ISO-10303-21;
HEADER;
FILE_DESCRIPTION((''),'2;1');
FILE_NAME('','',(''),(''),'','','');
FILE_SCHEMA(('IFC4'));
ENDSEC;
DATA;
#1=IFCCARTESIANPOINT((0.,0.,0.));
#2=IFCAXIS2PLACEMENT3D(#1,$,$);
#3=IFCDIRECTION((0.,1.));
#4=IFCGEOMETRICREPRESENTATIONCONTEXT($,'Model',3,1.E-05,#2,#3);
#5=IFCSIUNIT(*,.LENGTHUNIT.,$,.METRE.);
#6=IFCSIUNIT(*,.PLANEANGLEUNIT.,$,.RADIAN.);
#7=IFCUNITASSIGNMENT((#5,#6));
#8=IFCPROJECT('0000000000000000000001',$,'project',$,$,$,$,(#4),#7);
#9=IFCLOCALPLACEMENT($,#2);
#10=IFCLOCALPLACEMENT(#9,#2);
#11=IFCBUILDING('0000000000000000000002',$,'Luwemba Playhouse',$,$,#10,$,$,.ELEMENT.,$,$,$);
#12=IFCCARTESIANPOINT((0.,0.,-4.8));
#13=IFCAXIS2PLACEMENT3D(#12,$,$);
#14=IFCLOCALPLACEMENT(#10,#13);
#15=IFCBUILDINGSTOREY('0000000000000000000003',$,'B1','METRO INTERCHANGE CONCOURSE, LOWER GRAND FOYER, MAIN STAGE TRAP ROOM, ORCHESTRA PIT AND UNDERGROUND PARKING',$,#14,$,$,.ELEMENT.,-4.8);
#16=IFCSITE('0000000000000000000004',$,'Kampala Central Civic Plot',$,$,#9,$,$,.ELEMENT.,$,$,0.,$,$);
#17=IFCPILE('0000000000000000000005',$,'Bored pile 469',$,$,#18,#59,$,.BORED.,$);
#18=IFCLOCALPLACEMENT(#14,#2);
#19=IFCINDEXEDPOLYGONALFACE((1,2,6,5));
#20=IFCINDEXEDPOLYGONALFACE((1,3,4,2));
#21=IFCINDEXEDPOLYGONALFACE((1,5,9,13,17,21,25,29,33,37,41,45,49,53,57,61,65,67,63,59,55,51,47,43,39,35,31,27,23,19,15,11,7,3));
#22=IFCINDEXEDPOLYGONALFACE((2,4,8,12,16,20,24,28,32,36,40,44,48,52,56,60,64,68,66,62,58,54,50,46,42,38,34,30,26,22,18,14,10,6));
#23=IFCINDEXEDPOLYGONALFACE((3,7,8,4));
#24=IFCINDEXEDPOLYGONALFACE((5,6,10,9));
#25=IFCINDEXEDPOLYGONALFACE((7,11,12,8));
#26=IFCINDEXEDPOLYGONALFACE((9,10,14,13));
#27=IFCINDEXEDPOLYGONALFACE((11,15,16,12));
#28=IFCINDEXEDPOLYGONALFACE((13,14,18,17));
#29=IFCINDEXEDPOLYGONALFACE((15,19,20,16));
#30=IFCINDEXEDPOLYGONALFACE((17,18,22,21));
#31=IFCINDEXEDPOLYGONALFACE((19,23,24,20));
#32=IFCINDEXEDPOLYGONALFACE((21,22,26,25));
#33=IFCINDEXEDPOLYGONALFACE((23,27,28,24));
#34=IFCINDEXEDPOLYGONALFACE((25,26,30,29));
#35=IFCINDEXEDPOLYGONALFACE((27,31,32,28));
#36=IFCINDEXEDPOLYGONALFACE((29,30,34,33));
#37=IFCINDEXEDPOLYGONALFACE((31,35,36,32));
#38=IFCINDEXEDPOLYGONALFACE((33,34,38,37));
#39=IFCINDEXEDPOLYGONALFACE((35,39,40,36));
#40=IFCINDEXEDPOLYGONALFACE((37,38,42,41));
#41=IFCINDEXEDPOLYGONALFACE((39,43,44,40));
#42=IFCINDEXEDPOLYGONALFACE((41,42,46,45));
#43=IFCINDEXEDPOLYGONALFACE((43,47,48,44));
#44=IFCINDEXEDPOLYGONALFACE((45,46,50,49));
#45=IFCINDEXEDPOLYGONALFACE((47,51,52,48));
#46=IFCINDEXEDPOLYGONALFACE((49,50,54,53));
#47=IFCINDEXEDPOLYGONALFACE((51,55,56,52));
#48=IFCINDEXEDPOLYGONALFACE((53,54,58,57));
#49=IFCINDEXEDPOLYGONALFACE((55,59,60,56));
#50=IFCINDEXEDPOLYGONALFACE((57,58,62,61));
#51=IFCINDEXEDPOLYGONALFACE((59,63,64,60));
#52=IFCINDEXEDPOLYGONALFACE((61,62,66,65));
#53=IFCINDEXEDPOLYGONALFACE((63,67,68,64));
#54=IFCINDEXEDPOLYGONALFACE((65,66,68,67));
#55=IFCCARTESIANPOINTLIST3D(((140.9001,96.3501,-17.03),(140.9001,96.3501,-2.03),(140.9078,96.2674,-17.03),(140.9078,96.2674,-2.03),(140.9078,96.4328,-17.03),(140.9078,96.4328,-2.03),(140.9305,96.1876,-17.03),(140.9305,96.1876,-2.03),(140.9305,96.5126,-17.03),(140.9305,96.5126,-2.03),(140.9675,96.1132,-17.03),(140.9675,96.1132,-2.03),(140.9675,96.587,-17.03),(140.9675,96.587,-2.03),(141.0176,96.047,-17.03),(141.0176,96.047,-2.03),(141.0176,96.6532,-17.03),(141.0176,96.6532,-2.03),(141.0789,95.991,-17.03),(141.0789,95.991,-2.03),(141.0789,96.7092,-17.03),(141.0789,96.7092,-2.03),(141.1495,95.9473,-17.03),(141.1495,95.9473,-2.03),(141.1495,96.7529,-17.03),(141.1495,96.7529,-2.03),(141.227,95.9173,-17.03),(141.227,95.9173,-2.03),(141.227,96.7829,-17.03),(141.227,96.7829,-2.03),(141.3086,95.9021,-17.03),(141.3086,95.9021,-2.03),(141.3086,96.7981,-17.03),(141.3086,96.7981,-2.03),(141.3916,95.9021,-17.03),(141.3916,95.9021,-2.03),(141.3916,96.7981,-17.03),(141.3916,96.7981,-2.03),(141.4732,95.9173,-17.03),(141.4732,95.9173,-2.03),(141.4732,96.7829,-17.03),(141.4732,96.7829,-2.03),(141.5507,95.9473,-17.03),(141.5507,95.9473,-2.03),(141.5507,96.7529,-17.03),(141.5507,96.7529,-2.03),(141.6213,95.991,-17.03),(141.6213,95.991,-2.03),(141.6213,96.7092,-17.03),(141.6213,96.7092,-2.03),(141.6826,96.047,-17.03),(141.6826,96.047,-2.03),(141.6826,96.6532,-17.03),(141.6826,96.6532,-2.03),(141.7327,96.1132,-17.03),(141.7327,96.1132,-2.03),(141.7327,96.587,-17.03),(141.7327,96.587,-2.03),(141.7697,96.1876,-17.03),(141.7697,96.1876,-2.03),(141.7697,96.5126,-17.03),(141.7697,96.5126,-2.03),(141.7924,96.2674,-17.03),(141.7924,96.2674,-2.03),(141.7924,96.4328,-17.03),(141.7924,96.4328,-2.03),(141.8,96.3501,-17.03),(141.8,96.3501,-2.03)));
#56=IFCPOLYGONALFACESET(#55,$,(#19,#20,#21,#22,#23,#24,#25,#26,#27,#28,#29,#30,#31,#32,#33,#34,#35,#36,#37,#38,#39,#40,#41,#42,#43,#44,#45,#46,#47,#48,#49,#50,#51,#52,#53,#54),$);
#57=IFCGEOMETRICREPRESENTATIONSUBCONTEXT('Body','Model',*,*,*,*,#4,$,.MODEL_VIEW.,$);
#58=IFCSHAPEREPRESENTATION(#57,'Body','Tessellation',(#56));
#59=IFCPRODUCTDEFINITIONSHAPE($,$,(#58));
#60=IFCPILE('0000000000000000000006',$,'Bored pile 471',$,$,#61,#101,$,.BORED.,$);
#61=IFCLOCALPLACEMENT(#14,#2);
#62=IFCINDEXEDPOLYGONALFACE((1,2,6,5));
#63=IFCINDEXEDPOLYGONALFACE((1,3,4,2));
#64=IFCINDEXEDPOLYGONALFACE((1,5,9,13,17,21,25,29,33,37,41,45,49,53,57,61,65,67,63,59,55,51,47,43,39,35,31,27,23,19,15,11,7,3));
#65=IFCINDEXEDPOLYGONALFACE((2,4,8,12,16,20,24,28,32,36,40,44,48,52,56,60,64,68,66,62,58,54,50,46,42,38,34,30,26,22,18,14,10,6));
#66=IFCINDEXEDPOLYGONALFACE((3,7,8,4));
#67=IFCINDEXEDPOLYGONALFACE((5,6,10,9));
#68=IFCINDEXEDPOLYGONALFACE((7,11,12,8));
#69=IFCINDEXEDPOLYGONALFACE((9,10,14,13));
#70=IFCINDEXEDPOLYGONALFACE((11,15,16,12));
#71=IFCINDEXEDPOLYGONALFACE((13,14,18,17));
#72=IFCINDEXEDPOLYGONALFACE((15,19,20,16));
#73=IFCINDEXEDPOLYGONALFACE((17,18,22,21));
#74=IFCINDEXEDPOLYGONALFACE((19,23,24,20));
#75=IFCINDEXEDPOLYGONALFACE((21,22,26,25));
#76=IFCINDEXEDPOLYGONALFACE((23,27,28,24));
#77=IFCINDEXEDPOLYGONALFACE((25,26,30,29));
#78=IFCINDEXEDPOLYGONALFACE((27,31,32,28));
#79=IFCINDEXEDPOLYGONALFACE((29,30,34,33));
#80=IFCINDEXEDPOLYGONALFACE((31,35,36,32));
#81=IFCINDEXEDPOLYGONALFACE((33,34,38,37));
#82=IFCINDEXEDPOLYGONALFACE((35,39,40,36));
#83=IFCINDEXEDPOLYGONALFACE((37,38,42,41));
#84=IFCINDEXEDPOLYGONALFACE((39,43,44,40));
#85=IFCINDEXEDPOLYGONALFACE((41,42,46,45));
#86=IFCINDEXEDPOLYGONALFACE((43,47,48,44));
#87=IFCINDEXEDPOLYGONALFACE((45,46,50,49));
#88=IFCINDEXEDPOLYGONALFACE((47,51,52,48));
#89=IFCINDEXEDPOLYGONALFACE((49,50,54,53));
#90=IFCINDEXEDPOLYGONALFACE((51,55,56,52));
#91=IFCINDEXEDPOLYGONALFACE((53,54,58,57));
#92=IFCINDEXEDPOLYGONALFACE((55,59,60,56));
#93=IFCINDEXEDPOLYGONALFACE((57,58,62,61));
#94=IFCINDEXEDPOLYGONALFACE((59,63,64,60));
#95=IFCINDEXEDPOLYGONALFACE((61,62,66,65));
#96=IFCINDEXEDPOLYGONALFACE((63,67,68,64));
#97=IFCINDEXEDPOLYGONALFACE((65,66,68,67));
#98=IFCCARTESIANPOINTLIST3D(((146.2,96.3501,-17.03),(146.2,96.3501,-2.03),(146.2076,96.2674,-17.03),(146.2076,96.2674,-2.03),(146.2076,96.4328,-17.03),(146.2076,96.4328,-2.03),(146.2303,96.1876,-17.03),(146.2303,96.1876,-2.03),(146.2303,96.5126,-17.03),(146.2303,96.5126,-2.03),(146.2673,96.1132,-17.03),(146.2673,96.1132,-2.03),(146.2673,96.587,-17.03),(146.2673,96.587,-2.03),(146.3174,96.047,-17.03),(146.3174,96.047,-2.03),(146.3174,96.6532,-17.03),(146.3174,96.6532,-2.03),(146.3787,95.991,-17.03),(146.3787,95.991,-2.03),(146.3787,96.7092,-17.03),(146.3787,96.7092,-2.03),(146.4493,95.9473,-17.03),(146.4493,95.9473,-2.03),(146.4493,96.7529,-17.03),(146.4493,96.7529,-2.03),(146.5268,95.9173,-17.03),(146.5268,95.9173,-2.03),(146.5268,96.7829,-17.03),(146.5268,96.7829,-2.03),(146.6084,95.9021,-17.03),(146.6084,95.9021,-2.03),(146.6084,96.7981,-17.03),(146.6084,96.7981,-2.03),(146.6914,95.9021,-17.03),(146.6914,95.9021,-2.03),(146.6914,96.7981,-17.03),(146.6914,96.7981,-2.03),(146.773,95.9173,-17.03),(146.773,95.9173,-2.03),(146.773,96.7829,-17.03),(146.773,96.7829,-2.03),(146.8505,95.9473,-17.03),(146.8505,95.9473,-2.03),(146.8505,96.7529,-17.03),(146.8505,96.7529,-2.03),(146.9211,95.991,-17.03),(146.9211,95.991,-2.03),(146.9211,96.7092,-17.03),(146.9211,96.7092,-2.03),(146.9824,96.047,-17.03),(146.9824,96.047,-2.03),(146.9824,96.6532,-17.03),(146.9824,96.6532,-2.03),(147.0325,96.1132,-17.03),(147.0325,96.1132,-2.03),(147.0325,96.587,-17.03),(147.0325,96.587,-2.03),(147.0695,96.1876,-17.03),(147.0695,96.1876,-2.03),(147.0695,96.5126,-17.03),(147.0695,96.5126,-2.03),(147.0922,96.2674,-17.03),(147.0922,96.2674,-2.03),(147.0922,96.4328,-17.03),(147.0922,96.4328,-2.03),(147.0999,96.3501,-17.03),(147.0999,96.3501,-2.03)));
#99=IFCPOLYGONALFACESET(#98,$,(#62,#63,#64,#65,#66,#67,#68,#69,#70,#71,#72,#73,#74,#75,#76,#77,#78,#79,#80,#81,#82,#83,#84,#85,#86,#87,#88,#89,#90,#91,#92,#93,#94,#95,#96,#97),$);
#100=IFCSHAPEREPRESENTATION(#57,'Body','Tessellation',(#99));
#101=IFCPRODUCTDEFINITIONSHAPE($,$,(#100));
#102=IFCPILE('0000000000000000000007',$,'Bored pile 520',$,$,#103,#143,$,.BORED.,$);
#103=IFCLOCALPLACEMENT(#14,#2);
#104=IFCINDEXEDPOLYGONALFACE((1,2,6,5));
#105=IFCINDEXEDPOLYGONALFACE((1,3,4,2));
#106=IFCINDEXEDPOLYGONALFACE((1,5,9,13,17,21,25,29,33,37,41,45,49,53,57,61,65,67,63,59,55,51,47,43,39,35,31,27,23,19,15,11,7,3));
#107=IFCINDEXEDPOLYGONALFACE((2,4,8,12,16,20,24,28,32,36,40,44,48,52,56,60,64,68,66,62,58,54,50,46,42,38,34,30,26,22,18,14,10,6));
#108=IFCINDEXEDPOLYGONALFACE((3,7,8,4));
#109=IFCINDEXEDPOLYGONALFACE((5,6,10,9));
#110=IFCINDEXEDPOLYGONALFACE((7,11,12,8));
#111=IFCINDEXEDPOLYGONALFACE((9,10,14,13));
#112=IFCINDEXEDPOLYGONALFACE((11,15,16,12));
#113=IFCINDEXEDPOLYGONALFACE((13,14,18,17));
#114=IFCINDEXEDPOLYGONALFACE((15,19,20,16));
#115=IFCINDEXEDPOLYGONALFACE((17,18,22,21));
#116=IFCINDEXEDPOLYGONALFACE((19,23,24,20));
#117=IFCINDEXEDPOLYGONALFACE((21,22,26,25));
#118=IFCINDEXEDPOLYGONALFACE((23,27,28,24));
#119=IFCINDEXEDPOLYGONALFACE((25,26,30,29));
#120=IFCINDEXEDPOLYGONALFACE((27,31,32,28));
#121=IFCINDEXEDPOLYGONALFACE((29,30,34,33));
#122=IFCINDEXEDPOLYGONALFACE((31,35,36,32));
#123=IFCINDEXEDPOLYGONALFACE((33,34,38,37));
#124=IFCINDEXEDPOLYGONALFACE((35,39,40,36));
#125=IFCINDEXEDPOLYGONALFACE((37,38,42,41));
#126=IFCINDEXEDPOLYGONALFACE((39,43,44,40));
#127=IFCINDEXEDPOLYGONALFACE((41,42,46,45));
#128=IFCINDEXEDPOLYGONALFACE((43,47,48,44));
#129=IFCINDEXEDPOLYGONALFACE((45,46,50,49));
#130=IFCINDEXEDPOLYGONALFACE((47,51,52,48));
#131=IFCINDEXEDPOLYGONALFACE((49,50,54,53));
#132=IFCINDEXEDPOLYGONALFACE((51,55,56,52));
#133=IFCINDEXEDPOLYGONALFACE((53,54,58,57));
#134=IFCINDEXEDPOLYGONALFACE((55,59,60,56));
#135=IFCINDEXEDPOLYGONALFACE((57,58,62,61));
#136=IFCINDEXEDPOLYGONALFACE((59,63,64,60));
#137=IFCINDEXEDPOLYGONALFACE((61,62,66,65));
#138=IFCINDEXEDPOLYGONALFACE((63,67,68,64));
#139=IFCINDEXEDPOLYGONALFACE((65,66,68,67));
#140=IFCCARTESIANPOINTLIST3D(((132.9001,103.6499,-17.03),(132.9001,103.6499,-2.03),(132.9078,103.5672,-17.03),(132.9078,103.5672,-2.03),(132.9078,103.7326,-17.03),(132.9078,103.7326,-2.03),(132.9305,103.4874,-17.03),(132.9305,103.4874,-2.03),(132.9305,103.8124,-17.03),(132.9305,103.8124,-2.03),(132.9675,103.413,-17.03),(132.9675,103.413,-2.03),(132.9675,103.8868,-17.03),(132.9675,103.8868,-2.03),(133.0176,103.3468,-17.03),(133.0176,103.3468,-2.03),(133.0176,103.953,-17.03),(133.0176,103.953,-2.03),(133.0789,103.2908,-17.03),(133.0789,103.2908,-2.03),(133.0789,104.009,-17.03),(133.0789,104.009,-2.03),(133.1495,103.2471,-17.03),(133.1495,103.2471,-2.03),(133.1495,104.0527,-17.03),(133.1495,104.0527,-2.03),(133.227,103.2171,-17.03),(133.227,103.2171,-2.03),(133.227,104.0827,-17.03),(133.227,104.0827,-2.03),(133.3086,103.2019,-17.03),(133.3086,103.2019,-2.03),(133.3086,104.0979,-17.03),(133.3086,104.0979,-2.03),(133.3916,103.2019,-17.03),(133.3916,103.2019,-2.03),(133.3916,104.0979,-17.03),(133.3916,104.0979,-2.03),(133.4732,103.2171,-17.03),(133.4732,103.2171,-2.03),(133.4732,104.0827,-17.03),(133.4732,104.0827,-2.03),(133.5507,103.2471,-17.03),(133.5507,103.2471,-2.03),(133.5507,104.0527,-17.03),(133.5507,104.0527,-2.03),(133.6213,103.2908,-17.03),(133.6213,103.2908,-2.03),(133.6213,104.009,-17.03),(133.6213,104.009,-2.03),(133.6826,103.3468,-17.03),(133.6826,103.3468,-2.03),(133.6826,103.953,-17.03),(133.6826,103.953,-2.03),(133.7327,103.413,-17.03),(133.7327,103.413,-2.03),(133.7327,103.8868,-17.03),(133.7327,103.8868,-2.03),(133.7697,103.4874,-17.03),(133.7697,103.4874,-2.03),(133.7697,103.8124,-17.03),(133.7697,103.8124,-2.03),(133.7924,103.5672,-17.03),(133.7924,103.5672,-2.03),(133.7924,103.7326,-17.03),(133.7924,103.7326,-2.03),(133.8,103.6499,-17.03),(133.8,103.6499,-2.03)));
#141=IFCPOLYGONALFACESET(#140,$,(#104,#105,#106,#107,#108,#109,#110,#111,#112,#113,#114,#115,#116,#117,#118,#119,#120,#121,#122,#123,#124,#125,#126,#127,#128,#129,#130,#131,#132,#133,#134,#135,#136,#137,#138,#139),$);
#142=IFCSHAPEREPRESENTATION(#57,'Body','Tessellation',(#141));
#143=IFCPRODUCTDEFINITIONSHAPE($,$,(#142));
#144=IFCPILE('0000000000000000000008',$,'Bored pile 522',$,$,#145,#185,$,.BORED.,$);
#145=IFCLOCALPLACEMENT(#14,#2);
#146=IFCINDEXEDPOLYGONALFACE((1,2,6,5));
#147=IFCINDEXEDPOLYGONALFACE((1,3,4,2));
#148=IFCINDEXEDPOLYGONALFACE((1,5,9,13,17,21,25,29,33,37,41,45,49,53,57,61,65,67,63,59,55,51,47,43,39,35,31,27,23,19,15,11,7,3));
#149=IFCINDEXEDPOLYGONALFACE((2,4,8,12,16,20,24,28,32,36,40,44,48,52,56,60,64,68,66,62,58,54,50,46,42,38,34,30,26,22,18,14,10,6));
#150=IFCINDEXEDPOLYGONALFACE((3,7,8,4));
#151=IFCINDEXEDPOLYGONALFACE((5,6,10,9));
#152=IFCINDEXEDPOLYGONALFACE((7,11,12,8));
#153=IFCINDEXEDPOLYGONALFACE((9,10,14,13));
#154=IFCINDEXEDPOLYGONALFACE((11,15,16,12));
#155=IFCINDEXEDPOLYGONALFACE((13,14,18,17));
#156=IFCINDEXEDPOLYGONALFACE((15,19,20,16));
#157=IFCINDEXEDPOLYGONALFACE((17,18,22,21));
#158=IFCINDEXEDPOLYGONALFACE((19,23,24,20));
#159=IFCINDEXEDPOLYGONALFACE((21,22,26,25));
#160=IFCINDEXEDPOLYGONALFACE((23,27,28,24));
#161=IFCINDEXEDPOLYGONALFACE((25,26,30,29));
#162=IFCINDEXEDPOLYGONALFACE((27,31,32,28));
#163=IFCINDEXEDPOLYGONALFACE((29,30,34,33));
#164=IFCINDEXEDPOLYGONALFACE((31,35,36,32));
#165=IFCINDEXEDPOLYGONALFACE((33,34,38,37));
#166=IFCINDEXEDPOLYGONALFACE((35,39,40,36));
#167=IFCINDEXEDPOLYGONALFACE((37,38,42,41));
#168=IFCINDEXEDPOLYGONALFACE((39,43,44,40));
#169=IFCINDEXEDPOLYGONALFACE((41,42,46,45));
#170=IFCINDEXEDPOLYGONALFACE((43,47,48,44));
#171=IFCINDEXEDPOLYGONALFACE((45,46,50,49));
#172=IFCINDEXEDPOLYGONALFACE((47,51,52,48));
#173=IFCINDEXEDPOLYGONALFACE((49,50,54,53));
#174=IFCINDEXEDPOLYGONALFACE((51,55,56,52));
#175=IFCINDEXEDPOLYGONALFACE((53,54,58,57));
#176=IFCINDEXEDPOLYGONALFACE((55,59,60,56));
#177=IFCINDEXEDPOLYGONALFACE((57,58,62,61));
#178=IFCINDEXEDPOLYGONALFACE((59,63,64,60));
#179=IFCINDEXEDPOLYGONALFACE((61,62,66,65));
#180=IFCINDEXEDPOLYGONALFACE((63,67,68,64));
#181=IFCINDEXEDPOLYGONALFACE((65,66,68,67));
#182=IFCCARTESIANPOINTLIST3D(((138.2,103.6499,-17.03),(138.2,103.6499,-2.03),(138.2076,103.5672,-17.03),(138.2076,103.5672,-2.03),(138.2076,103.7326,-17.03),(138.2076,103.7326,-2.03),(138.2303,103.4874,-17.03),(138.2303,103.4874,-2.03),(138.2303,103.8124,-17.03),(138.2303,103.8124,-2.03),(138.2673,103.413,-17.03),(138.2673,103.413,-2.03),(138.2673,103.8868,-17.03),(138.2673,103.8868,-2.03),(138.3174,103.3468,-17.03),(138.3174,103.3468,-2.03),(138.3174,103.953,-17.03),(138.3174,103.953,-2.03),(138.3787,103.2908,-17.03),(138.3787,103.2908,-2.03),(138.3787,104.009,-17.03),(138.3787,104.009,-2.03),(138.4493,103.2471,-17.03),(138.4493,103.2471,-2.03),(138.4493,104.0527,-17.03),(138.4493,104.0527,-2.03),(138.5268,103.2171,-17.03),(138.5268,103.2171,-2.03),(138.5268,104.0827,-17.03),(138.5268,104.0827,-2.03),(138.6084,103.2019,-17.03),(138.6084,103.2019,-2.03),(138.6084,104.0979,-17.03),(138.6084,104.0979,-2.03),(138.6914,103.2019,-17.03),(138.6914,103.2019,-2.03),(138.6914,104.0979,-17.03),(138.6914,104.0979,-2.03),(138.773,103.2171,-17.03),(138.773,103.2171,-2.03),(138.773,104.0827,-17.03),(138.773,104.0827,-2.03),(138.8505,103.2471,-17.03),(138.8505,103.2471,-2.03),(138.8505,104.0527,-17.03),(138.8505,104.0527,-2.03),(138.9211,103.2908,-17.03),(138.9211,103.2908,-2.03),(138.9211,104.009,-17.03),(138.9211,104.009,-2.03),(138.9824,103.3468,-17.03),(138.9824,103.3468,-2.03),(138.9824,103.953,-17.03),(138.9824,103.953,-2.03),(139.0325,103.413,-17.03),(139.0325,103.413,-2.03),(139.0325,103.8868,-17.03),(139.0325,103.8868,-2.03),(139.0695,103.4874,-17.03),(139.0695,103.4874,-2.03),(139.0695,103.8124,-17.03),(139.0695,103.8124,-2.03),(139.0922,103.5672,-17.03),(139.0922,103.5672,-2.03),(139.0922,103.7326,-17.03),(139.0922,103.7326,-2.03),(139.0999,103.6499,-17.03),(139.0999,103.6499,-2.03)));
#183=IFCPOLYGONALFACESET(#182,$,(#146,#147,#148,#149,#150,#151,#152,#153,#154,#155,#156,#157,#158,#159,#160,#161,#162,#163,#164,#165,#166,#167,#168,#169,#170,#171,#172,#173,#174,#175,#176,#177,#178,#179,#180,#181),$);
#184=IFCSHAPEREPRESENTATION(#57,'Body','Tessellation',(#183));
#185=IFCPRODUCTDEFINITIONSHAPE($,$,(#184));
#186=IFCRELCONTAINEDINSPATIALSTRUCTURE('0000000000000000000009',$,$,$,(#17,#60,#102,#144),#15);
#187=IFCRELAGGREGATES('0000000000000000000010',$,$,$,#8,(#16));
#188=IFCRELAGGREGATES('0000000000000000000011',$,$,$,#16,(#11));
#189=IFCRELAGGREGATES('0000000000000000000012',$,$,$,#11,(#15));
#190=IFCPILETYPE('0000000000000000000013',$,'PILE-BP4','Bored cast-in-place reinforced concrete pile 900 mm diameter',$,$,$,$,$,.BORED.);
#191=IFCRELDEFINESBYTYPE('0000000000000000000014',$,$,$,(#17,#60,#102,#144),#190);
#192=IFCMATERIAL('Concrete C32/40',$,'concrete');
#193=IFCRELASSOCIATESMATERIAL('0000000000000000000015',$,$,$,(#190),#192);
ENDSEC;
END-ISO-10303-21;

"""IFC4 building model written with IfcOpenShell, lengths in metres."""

from ifc_helpers import new_model, si_unit, direction, frame, origin, origin_2d, place, context, subcontext, project, spatial, circle, extrude, material, material_profile, profile_set, type_object, element, save


model = new_model("IFC4")

# Units and contexts
model_context = context("Model", 3, precision=1e-05, world=origin(), true_north=direction((0.0, 1.0)))
body_context = subcontext(model_context, "Body", "Model", "MODEL_VIEW")
ifc_project = project(units=[si_unit("LENGTHUNIT", "METRE"), si_unit("PLANEANGLEUNIT", "RADIAN")], contexts=[model_context])

# Site, building, storey
site_placement = place(None, origin())
site = spatial("IfcSite", under=ifc_project, at=site_placement, Name="Kampala Central Civic Plot", CompositionType="ELEMENT", RefElevation=0.0)
building_placement = place(site_placement, origin())
building = spatial("IfcBuilding", under=site, at=building_placement, Name="Luwemba Playhouse", CompositionType="ELEMENT")
storey_placement = place(building_placement, frame((0.0, 0.0, -4.8)))
storey = spatial("IfcBuildingStorey", under=building, at=storey_placement, Name="B1", Description="METRO INTERCHANGE CONCOURSE, LOWER GRAND FOYER, MAIN STAGE TRAP ROOM, ORCHESTRA PIT AND UNDERGROUND PARKING", CompositionType="ELEMENT", Elevation=-4.8)

# Shared definitions
ifc_material_1 = material(Name="Concrete C32/40", Category="concrete")

# Piles
ifc_material_profile_1 = material_profile(ifc_material_1, circle(Radius=0.45, at=origin_2d()))
ifc_profile_set_1 = profile_set([ifc_material_profile_1], Name="Concrete C32/40")
pile_type_1 = type_object("IfcPileType", Name="PILE-BP4", Description="Bored cast-in-place reinforced concrete pile 900 mm diameter", PredefinedType="BORED", material=ifc_profile_set_1)
for number, where, z_axis, x_axis, name in (
    (1, (141.3501, 96.3501, -2.03), (0.0, 0.0, -1.0), (1.0, 0.0, 0.0), "Bored pile 469"),
    (2, (146.6499, 96.3501, -2.03), (0.0, 0.0, -1.0), (1.0, 0.0, 0.0), "Bored pile 471"),
    (3, (133.3501, 103.6499, -2.03), (0.0, 0.0, -1.0), (1.0, 0.0, 0.0), "Bored pile 520"),
    (4, (138.6499, 103.6499, -2.03), (0.0, 0.0, -1.0), (1.0, 0.0, 0.0), "Bored pile 522"),
):
    element("IfcPile", number, at=place(storey_placement, frame(where, z_axis=z_axis, x_axis=x_axis)), inside=storey, type_object=pile_type_1, Name=name, PredefinedType="BORED", context=body_context, shape_type="SweptSolid", body=[
        extrude(circle(Radius=0.45, at=origin_2d()), origin(), (0.0, 0.0, 1.0), 15.0),
    ])

save(model, "model.ifc")
